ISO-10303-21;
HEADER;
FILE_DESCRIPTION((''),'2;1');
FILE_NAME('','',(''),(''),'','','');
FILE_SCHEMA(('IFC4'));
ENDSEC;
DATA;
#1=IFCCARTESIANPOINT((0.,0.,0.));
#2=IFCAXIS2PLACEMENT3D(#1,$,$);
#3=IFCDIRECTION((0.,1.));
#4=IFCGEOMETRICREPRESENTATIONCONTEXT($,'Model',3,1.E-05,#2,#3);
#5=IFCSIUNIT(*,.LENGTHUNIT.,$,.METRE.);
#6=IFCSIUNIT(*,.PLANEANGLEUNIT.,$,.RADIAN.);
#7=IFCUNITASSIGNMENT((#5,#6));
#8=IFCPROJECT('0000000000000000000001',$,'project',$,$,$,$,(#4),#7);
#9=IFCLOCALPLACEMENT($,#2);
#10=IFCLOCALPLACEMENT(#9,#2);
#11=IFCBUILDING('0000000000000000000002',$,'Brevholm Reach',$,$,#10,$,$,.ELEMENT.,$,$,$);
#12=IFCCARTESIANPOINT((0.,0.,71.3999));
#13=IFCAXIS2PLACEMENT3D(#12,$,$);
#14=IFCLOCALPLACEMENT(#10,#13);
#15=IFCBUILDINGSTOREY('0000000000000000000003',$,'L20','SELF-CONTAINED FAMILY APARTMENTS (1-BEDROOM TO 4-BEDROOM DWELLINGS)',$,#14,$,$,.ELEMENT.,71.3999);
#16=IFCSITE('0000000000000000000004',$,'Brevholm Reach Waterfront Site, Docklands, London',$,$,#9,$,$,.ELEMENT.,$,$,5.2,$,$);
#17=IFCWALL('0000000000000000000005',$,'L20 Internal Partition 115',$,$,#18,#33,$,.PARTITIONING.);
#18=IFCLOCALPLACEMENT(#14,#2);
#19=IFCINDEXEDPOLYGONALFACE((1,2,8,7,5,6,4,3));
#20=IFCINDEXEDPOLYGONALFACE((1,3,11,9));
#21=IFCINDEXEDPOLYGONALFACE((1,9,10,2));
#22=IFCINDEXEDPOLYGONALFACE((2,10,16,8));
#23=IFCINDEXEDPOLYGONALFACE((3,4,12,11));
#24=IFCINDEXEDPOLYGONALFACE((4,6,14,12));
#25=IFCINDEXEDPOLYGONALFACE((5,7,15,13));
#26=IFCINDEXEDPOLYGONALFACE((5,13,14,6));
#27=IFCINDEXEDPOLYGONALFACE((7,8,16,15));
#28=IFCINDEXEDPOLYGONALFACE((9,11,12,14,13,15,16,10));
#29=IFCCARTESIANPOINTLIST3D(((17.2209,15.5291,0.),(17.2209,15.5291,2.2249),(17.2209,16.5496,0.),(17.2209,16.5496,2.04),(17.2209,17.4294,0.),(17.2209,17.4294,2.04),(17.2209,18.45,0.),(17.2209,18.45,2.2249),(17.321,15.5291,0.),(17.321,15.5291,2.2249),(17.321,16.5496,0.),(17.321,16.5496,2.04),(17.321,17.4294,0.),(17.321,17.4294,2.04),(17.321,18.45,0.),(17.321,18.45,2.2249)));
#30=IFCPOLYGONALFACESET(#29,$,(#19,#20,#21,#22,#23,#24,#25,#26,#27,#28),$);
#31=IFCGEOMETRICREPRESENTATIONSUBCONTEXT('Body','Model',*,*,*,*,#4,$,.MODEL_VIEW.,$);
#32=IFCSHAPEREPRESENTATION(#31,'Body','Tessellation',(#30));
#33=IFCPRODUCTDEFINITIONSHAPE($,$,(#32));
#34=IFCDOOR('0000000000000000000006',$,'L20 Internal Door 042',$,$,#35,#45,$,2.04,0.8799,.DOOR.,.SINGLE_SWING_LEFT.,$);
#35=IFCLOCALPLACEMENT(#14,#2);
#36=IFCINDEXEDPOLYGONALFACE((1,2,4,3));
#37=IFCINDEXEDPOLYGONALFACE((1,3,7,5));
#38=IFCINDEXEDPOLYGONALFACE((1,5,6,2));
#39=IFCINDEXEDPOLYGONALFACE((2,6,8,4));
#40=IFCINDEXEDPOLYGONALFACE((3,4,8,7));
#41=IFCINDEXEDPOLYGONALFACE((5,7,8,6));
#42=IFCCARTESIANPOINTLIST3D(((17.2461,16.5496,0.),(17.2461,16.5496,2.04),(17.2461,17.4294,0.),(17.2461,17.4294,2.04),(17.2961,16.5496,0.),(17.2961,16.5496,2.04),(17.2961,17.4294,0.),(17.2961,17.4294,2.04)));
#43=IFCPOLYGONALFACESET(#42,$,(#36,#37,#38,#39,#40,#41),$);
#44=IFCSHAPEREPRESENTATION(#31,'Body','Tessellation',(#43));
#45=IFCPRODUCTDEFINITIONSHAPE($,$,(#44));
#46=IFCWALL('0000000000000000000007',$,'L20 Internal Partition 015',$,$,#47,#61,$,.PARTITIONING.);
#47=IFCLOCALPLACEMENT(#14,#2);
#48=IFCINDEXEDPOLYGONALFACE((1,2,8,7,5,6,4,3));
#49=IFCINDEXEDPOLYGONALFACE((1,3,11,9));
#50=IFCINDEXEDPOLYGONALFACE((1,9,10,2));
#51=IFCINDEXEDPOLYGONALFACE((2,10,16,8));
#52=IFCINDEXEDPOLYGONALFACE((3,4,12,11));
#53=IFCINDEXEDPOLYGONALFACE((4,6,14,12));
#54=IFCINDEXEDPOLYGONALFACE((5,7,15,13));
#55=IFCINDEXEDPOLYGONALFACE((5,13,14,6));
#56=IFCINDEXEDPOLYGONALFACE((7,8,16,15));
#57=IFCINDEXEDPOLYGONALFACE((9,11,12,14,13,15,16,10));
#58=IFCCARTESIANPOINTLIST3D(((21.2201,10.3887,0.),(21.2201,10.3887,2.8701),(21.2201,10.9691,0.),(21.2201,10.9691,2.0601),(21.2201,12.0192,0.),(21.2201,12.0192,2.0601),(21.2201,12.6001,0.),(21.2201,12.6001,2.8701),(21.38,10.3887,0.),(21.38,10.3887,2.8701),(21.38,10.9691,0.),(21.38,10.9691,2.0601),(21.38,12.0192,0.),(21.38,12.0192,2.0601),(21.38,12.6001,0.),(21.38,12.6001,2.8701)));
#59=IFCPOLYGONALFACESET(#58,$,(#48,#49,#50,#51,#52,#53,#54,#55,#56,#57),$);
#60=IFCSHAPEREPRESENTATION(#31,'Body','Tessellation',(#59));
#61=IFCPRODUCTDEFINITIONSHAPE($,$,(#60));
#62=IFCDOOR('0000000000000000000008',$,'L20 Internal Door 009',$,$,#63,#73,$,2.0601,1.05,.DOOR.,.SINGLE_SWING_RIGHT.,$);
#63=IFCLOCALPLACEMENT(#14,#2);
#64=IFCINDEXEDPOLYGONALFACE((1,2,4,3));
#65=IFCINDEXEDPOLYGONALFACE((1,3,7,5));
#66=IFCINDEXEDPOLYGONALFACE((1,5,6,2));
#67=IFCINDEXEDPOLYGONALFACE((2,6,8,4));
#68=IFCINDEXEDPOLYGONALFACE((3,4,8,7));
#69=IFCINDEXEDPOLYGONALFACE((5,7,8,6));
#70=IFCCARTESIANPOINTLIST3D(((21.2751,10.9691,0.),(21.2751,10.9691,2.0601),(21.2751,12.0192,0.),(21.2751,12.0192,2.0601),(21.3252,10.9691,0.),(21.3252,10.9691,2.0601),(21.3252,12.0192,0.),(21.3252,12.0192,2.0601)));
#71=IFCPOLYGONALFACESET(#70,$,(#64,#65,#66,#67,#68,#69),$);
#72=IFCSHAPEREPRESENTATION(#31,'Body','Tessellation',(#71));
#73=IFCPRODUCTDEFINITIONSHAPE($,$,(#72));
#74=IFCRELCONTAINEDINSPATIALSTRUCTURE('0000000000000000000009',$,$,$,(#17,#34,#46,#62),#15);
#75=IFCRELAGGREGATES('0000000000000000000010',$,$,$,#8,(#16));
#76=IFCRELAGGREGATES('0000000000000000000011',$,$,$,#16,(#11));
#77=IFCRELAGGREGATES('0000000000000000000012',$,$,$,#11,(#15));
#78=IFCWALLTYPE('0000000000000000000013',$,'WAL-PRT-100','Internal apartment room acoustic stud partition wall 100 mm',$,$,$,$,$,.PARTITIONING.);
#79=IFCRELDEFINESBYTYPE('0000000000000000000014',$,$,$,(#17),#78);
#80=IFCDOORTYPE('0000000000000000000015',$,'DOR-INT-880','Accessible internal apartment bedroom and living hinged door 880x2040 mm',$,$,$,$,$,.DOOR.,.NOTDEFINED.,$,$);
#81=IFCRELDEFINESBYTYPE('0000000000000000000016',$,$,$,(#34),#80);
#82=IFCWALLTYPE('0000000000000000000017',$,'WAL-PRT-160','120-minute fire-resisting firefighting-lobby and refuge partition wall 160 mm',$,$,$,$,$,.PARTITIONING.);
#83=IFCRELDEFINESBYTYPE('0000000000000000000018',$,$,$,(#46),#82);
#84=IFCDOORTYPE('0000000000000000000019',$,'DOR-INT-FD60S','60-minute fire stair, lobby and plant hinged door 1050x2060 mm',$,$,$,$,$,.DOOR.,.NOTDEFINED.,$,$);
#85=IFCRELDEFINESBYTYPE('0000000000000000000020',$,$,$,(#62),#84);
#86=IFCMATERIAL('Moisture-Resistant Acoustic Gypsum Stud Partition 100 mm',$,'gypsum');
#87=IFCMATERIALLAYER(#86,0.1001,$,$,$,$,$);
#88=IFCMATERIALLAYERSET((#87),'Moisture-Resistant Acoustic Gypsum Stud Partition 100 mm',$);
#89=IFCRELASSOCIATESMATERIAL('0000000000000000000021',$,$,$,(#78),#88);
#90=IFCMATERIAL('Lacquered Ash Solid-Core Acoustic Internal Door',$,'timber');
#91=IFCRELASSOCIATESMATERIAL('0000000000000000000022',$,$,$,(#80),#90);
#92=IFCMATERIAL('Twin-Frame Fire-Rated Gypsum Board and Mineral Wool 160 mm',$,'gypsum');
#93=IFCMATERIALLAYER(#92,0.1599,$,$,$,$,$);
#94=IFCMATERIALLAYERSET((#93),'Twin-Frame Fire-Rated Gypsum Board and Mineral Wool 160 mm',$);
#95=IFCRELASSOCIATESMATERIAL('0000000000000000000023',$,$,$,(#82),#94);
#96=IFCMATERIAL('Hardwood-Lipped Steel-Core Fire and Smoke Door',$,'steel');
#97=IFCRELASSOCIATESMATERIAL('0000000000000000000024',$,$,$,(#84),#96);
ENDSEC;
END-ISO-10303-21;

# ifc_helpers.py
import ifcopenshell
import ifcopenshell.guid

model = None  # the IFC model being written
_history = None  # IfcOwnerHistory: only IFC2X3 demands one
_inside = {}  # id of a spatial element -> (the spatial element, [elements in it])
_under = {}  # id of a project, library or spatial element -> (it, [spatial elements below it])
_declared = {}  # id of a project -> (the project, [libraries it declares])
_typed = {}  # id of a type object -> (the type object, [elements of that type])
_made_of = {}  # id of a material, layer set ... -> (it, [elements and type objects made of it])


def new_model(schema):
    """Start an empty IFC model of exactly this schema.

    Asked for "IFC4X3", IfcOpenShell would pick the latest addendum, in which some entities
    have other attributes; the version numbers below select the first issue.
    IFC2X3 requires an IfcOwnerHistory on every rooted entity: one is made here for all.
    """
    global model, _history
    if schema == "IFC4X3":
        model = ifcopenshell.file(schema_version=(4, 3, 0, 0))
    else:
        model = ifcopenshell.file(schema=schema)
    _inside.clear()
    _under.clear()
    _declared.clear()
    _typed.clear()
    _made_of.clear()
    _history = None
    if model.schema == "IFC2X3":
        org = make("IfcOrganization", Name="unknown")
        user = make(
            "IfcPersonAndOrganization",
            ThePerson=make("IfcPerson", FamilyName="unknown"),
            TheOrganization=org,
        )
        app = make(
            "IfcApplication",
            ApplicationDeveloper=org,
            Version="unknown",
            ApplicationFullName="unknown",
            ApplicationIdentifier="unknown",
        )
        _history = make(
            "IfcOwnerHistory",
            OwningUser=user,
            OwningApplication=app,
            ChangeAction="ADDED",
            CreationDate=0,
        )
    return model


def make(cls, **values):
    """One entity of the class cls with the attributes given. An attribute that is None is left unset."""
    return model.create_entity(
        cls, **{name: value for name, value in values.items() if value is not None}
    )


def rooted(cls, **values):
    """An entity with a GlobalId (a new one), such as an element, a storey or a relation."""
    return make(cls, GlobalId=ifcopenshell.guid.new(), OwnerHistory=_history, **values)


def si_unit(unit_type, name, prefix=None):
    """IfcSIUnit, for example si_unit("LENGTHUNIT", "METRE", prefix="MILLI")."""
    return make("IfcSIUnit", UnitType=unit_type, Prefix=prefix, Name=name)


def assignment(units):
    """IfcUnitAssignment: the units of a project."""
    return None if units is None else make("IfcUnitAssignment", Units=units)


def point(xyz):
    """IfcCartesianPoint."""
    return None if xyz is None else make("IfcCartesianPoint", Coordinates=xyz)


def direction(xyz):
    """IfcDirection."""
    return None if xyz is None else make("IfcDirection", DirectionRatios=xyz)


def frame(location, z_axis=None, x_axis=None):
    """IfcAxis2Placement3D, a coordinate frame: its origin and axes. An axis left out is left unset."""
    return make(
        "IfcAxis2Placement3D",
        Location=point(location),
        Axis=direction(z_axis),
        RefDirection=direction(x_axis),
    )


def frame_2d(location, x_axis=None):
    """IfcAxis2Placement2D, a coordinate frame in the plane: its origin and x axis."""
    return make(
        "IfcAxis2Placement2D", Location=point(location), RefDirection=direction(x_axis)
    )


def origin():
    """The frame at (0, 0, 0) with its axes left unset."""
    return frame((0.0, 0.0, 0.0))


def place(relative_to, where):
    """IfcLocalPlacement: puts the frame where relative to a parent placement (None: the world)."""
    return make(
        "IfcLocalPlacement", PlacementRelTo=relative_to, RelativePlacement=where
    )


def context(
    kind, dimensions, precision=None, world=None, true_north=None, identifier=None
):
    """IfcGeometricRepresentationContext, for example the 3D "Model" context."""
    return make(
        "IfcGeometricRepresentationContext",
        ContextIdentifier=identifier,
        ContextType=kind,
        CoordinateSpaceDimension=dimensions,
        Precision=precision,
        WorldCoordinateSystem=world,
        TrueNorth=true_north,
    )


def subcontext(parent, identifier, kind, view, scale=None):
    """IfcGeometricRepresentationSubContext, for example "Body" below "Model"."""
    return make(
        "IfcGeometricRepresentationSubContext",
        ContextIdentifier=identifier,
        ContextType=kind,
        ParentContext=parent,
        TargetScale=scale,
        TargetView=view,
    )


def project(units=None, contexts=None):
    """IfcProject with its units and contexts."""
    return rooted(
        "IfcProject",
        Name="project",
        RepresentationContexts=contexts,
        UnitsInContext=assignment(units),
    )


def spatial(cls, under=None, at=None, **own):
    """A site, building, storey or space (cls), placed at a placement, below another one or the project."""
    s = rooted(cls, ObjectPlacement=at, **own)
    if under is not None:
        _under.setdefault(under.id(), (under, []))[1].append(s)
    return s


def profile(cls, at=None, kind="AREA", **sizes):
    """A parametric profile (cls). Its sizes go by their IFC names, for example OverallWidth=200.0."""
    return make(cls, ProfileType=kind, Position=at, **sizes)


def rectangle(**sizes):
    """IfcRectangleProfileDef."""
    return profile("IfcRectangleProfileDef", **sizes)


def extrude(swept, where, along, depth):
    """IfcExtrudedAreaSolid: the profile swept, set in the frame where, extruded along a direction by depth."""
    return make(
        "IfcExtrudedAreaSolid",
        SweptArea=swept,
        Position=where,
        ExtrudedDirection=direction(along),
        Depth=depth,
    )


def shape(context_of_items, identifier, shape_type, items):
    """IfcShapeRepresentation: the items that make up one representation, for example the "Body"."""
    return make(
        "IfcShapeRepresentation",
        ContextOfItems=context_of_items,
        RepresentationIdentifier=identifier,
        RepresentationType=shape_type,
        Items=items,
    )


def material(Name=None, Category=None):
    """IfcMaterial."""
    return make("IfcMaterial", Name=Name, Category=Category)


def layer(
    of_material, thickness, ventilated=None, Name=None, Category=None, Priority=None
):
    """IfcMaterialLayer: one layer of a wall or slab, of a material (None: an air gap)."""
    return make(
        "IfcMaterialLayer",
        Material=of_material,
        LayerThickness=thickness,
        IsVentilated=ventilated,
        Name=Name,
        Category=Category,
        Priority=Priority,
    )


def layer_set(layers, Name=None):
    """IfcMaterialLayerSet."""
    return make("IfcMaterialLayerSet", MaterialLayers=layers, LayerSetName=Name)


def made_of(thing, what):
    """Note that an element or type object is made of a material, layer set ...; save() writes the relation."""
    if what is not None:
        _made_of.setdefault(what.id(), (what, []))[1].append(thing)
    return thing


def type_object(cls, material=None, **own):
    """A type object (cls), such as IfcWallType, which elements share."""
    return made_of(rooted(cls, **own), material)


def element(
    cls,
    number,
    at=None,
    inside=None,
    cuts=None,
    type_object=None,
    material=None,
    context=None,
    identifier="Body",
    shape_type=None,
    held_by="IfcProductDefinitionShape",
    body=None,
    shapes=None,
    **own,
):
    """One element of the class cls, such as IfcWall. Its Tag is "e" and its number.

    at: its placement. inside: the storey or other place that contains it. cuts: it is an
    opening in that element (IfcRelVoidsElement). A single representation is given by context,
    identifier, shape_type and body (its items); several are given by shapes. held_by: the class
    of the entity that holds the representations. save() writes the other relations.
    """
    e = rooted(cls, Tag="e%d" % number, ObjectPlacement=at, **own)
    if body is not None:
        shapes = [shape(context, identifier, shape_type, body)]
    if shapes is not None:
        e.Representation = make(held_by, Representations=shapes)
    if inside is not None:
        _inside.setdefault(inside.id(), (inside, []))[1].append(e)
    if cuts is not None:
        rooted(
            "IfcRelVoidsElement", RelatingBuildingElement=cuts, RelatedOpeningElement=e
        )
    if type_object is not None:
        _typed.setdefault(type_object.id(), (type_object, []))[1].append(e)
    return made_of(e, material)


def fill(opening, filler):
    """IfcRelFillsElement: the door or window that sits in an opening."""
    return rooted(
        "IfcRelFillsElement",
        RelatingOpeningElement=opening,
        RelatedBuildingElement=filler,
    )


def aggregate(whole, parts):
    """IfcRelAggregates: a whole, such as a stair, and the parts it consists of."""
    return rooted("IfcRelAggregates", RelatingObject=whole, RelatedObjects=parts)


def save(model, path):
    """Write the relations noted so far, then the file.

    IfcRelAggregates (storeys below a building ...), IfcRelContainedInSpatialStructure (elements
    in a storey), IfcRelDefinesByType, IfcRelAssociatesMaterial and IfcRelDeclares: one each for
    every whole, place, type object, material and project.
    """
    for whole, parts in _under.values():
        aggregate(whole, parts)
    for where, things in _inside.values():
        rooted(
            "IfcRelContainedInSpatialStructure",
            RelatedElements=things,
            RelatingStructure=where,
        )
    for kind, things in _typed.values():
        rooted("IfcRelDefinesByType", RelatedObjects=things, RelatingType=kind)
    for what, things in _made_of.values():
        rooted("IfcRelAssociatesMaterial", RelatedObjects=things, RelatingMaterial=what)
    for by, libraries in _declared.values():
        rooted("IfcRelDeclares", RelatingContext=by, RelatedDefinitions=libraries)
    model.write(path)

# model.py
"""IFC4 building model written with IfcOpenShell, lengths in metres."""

from ifc_helpers import new_model, si_unit, direction, frame, frame_2d, origin, place, context, subcontext, project, spatial, rectangle, extrude, material, layer, layer_set, type_object, element, fill, save


model = new_model("IFC4")

# Units and contexts
model_context = context("Model", 3, precision=1e-05, world=origin(), true_north=direction((0.0, 1.0)))
body_context = subcontext(model_context, "Body", "Model", "MODEL_VIEW")
ifc_project = project(units=[si_unit("LENGTHUNIT", "METRE"), si_unit("PLANEANGLEUNIT", "RADIAN")], contexts=[model_context])

# Site, building, storey
site_placement = place(None, origin())
site = spatial("IfcSite", under=ifc_project, at=site_placement, Name="Brevholm Reach Waterfront Site, Docklands, London", CompositionType="ELEMENT", RefElevation=5.2)
building_placement = place(site_placement, origin())
building = spatial("IfcBuilding", under=site, at=building_placement, Name="Brevholm Reach", CompositionType="ELEMENT")
storey_placement = place(building_placement, frame((0.0, 0.0, 71.3999)))
storey = spatial("IfcBuildingStorey", under=building, at=storey_placement, Name="L20", Description="SELF-CONTAINED FAMILY APARTMENTS (1-BEDROOM TO 4-BEDROOM DWELLINGS)", CompositionType="ELEMENT", Elevation=71.3999)

# Walls, openings, doors
ifc_material_1 = material(Name="Moisture-Resistant Acoustic Gypsum Stud Partition 100 mm", Category="gypsum")
ifc_layer_1 = layer(ifc_material_1, 0.1001)
ifc_layer_set_1 = layer_set([ifc_layer_1], Name="Moisture-Resistant Acoustic Gypsum Stud Partition 100 mm")
wall_type_1 = type_object("IfcWallType", Name="WAL-PRT-100", Description="Internal apartment room acoustic stud partition wall 100 mm", PredefinedType="PARTITIONING", material=ifc_layer_set_1)
wall_1_placement = place(storey_placement, frame((17.271, 15.5291, 0.0), z_axis=(0.0, 0.0, 1.0), x_axis=(0.0, 1.0, 0.0)))
wall_1 = element("IfcWall", 1, at=wall_1_placement, inside=storey, type_object=wall_type_1, Name="L20 Internal Partition 115", PredefinedType="PARTITIONING", context=body_context, shape_type="SweptSolid", body=[
    extrude(rectangle(XDim=2.9209, YDim=0.1001, at=frame_2d((1.4604, 0.0))), origin(), (0.0, 0.0, 1.0), 2.2249),
])
opening_1_placement = place(wall_1_placement, frame((1.0205, 0.0, 0.0)))
opening_1 = element("IfcOpeningElement", 2, at=opening_1_placement, cuts=wall_1, PredefinedType="OPENING", context=body_context, shape_type="SweptSolid", body=[
    extrude(rectangle(XDim=0.8799, YDim=2.04, at=frame_2d((0.4399, 1.02))), frame((0.0, 0.0601, 0.0), z_axis=(0.0, -1.0, 0.0), x_axis=(1.0, 0.0, 0.0)), (0.0, 0.0, 1.0), 0.1201),
])
ifc_material_2 = material(Name="Lacquered Ash Solid-Core Acoustic Internal Door", Category="timber")
door_type_1 = type_object("IfcDoorType", Name="DOR-INT-880", Description="Accessible internal apartment bedroom and living hinged door 880x2040 mm", OperationType="NOTDEFINED", PredefinedType="DOOR", material=ifc_material_2)
door_1_placement = place(opening_1_placement, origin())
door_1 = element("IfcDoor", 3, at=door_1_placement, inside=storey, type_object=door_type_1, Name="L20 Internal Door 042", OperationType="SINGLE_SWING_LEFT", OverallHeight=2.04, OverallWidth=0.8799, PredefinedType="DOOR", context=body_context, shape_type="SweptSolid", body=[
    extrude(rectangle(XDim=0.8799, YDim=2.04, at=frame_2d((0.4399, 1.02))), frame((0.0, 0.0249, 0.0), z_axis=(0.0, -1.0, 0.0), x_axis=(1.0, 0.0, 0.0)), (0.0, 0.0, 1.0), 0.05),
])
fill(opening_1, door_1)
ifc_material_3 = material(Name="Twin-Frame Fire-Rated Gypsum Board and Mineral Wool 160 mm", Category="gypsum")
ifc_layer_2 = layer(ifc_material_3, 0.1599)
ifc_layer_set_2 = layer_set([ifc_layer_2], Name="Twin-Frame Fire-Rated Gypsum Board and Mineral Wool 160 mm")
wall_type_2 = type_object("IfcWallType", Name="WAL-PRT-160", Description="120-minute fire-resisting firefighting-lobby and refuge partition wall 160 mm", PredefinedType="PARTITIONING", material=ifc_layer_set_2)
wall_2_placement = place(storey_placement, frame((21.3, 10.3887, 0.0), z_axis=(0.0, 0.0, 1.0), x_axis=(0.0, 1.0, 0.0)))
wall_2 = element("IfcWall", 4, at=wall_2_placement, inside=storey, type_object=wall_type_2, Name="L20 Internal Partition 015", PredefinedType="PARTITIONING", context=body_context, shape_type="SweptSolid", body=[
    extrude(rectangle(XDim=2.2114, YDim=0.1599, at=frame_2d((1.1057, 0.0))), origin(), (0.0, 0.0, 1.0), 2.8701),
])
opening_2_placement = place(wall_2_placement, frame((0.5806, 0.0, 0.0)))
opening_2 = element("IfcOpeningElement", 5, at=opening_2_placement, cuts=wall_2, PredefinedType="OPENING", context=body_context, shape_type="SweptSolid", body=[
    extrude(rectangle(XDim=1.05, YDim=2.0601, at=frame_2d((0.5249, 1.03))), frame((0.0, 0.0898, 0.0), z_axis=(0.0, -1.0, 0.0), x_axis=(1.0, 0.0, 0.0)), (0.0, 0.0, 1.0), 0.1799),
])
ifc_material_4 = material(Name="Hardwood-Lipped Steel-Core Fire and Smoke Door", Category="steel")
door_type_2 = type_object("IfcDoorType", Name="DOR-INT-FD60S", Description="60-minute fire stair, lobby and plant hinged door 1050x2060 mm", OperationType="NOTDEFINED", PredefinedType="DOOR", material=ifc_material_4)
door_2_placement = place(opening_2_placement, origin())
door_2 = element("IfcDoor", 6, at=door_2_placement, inside=storey, type_object=door_type_2, Name="L20 Internal Door 009", OperationType="SINGLE_SWING_RIGHT", OverallHeight=2.0601, OverallWidth=1.05, PredefinedType="DOOR", context=body_context, shape_type="SweptSolid", body=[
    extrude(rectangle(XDim=1.05, YDim=2.0601, at=frame_2d((0.5249, 1.03))), frame((0.0, 0.0249, 0.0), z_axis=(0.0, -1.0, 0.0), x_axis=(1.0, 0.0, 0.0)), (0.0, 0.0, 1.0), 0.05),
])
fill(opening_2, door_2)

save(model, "model.ifc")
